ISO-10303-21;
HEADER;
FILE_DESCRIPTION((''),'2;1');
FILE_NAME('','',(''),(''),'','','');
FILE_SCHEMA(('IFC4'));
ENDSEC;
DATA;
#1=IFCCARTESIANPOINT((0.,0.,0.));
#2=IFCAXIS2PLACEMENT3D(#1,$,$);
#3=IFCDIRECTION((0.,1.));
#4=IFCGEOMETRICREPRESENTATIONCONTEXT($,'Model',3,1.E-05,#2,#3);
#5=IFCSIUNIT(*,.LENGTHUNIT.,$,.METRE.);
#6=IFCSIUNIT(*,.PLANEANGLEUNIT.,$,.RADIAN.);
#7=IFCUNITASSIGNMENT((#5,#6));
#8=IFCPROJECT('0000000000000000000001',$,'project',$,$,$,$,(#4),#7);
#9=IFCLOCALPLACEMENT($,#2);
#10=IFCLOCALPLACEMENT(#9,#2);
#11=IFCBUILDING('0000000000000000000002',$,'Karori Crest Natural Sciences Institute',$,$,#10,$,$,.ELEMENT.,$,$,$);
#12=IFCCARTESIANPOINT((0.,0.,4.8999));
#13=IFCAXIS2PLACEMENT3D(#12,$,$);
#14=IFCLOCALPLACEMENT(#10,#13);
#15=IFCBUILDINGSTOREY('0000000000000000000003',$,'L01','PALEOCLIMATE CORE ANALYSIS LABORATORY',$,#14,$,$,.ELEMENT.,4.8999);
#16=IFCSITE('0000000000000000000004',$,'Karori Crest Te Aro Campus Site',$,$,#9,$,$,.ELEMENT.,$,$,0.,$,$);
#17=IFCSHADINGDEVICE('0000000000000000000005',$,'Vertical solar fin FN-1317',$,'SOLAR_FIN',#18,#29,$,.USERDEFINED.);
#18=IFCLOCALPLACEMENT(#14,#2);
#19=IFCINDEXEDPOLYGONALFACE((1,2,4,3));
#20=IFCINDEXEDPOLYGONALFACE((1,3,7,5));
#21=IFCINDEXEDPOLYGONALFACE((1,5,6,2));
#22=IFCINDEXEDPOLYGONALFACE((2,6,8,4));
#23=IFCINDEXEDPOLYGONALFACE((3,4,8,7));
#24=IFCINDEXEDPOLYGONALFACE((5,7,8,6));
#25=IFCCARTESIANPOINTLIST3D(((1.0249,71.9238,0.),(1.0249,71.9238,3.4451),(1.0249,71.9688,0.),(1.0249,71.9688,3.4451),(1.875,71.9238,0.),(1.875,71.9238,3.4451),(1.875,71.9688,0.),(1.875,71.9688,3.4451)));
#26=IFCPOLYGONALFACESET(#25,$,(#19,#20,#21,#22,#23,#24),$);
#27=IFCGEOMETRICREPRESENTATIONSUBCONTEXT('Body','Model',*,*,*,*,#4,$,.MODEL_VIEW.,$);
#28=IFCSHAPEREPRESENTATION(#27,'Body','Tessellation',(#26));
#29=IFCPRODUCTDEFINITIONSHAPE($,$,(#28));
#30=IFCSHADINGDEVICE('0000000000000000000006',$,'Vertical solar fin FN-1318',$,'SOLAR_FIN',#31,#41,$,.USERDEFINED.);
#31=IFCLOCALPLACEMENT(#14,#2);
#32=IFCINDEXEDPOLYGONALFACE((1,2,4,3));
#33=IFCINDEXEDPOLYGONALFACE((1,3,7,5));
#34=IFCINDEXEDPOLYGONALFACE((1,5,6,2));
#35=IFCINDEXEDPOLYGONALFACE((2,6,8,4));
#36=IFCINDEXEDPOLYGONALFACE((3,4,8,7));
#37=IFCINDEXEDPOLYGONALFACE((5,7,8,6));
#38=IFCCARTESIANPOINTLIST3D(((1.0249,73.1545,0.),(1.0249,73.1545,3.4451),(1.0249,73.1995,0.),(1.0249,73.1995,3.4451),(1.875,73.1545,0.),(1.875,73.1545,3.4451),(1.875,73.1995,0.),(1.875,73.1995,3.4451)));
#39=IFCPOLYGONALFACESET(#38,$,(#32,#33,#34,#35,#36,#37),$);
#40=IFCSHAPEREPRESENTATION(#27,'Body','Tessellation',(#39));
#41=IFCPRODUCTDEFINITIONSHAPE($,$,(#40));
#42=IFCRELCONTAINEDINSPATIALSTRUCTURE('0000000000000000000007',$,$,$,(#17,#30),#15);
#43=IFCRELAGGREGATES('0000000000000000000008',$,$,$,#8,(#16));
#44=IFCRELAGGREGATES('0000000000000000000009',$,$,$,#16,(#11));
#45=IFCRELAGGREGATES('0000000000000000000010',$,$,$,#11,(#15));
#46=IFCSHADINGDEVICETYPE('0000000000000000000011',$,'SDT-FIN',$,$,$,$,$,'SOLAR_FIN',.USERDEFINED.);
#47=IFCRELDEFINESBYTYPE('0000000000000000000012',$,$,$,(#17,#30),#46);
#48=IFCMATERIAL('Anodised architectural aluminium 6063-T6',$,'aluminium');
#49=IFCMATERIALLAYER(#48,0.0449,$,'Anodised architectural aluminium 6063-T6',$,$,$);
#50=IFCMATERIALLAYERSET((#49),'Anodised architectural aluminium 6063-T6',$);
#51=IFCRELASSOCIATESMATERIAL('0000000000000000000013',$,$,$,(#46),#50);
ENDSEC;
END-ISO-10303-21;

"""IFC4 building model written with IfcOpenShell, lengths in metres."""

from ifc_helpers import new_model, si_unit, direction, frame, origin, origin_2d, place, context, subcontext, project, spatial, rectangle, extrude, material, layer, layer_set, type_object, element, save


model = new_model("IFC4")

# Units and contexts
model_context = context("Model", 3, precision=1e-05, world=origin(), true_north=direction((0.0, 1.0)))
body_context = subcontext(model_context, "Body", "Model", "MODEL_VIEW")
ifc_project = project(units=[si_unit("LENGTHUNIT", "METRE"), si_unit("PLANEANGLEUNIT", "RADIAN")], contexts=[model_context])

# Site, building, storey
site_placement = place(None, origin())
site = spatial("IfcSite", under=ifc_project, at=site_placement, Name="Karori Crest Te Aro Campus Site", CompositionType="ELEMENT", RefElevation=0.0)
building_placement = place(site_placement, origin())
building = spatial("IfcBuilding", under=site, at=building_placement, Name="Karori Crest Natural Sciences Institute", CompositionType="ELEMENT")
storey_placement = place(building_placement, frame((0.0, 0.0, 4.8999)))
storey = spatial("IfcBuildingStorey", under=building, at=storey_placement, Name="L01", Description="PALEOCLIMATE CORE ANALYSIS LABORATORY", CompositionType="ELEMENT", Elevation=4.8999)

# Shared definitions
ifc_material_1 = material(Name="Anodised architectural aluminium 6063-T6", Category="aluminium")

# Shading devices
ifc_layer_1 = layer(ifc_material_1, 0.0449, Name="Anodised architectural aluminium 6063-T6")
ifc_layer_set_1 = layer_set([ifc_layer_1], Name="Anodised architectural aluminium 6063-T6")
shading_device_type = type_object("IfcShadingDeviceType", Name="SDT-FIN", ElementType="SOLAR_FIN", PredefinedType="USERDEFINED", material=ifc_layer_set_1)
for number, where, z_axis, x_axis, name in (
    (1, (1.45, 71.9463, 0.0), (0.0, 0.0, 1.0), (-1.0, 0.0, 0.0), "Vertical solar fin FN-1317"),
    (2, (1.45, 73.177, 0.0), (0.0, 0.0, 1.0), (-1.0, 0.0, 0.0), "Vertical solar fin FN-1318"),
):
    element("IfcShadingDevice", number, at=place(storey_placement, frame(where, z_axis=z_axis, x_axis=x_axis)), inside=storey, type_object=shading_device_type, Name=name, ObjectType="SOLAR_FIN", PredefinedType="USERDEFINED", context=body_context, shape_type="SweptSolid", body=[
        extrude(rectangle(XDim=0.8501, YDim=0.0449, at=origin_2d()), origin(), (0.0, 0.0, 1.0), 3.4451),
    ])

save(model, "model.ifc")
